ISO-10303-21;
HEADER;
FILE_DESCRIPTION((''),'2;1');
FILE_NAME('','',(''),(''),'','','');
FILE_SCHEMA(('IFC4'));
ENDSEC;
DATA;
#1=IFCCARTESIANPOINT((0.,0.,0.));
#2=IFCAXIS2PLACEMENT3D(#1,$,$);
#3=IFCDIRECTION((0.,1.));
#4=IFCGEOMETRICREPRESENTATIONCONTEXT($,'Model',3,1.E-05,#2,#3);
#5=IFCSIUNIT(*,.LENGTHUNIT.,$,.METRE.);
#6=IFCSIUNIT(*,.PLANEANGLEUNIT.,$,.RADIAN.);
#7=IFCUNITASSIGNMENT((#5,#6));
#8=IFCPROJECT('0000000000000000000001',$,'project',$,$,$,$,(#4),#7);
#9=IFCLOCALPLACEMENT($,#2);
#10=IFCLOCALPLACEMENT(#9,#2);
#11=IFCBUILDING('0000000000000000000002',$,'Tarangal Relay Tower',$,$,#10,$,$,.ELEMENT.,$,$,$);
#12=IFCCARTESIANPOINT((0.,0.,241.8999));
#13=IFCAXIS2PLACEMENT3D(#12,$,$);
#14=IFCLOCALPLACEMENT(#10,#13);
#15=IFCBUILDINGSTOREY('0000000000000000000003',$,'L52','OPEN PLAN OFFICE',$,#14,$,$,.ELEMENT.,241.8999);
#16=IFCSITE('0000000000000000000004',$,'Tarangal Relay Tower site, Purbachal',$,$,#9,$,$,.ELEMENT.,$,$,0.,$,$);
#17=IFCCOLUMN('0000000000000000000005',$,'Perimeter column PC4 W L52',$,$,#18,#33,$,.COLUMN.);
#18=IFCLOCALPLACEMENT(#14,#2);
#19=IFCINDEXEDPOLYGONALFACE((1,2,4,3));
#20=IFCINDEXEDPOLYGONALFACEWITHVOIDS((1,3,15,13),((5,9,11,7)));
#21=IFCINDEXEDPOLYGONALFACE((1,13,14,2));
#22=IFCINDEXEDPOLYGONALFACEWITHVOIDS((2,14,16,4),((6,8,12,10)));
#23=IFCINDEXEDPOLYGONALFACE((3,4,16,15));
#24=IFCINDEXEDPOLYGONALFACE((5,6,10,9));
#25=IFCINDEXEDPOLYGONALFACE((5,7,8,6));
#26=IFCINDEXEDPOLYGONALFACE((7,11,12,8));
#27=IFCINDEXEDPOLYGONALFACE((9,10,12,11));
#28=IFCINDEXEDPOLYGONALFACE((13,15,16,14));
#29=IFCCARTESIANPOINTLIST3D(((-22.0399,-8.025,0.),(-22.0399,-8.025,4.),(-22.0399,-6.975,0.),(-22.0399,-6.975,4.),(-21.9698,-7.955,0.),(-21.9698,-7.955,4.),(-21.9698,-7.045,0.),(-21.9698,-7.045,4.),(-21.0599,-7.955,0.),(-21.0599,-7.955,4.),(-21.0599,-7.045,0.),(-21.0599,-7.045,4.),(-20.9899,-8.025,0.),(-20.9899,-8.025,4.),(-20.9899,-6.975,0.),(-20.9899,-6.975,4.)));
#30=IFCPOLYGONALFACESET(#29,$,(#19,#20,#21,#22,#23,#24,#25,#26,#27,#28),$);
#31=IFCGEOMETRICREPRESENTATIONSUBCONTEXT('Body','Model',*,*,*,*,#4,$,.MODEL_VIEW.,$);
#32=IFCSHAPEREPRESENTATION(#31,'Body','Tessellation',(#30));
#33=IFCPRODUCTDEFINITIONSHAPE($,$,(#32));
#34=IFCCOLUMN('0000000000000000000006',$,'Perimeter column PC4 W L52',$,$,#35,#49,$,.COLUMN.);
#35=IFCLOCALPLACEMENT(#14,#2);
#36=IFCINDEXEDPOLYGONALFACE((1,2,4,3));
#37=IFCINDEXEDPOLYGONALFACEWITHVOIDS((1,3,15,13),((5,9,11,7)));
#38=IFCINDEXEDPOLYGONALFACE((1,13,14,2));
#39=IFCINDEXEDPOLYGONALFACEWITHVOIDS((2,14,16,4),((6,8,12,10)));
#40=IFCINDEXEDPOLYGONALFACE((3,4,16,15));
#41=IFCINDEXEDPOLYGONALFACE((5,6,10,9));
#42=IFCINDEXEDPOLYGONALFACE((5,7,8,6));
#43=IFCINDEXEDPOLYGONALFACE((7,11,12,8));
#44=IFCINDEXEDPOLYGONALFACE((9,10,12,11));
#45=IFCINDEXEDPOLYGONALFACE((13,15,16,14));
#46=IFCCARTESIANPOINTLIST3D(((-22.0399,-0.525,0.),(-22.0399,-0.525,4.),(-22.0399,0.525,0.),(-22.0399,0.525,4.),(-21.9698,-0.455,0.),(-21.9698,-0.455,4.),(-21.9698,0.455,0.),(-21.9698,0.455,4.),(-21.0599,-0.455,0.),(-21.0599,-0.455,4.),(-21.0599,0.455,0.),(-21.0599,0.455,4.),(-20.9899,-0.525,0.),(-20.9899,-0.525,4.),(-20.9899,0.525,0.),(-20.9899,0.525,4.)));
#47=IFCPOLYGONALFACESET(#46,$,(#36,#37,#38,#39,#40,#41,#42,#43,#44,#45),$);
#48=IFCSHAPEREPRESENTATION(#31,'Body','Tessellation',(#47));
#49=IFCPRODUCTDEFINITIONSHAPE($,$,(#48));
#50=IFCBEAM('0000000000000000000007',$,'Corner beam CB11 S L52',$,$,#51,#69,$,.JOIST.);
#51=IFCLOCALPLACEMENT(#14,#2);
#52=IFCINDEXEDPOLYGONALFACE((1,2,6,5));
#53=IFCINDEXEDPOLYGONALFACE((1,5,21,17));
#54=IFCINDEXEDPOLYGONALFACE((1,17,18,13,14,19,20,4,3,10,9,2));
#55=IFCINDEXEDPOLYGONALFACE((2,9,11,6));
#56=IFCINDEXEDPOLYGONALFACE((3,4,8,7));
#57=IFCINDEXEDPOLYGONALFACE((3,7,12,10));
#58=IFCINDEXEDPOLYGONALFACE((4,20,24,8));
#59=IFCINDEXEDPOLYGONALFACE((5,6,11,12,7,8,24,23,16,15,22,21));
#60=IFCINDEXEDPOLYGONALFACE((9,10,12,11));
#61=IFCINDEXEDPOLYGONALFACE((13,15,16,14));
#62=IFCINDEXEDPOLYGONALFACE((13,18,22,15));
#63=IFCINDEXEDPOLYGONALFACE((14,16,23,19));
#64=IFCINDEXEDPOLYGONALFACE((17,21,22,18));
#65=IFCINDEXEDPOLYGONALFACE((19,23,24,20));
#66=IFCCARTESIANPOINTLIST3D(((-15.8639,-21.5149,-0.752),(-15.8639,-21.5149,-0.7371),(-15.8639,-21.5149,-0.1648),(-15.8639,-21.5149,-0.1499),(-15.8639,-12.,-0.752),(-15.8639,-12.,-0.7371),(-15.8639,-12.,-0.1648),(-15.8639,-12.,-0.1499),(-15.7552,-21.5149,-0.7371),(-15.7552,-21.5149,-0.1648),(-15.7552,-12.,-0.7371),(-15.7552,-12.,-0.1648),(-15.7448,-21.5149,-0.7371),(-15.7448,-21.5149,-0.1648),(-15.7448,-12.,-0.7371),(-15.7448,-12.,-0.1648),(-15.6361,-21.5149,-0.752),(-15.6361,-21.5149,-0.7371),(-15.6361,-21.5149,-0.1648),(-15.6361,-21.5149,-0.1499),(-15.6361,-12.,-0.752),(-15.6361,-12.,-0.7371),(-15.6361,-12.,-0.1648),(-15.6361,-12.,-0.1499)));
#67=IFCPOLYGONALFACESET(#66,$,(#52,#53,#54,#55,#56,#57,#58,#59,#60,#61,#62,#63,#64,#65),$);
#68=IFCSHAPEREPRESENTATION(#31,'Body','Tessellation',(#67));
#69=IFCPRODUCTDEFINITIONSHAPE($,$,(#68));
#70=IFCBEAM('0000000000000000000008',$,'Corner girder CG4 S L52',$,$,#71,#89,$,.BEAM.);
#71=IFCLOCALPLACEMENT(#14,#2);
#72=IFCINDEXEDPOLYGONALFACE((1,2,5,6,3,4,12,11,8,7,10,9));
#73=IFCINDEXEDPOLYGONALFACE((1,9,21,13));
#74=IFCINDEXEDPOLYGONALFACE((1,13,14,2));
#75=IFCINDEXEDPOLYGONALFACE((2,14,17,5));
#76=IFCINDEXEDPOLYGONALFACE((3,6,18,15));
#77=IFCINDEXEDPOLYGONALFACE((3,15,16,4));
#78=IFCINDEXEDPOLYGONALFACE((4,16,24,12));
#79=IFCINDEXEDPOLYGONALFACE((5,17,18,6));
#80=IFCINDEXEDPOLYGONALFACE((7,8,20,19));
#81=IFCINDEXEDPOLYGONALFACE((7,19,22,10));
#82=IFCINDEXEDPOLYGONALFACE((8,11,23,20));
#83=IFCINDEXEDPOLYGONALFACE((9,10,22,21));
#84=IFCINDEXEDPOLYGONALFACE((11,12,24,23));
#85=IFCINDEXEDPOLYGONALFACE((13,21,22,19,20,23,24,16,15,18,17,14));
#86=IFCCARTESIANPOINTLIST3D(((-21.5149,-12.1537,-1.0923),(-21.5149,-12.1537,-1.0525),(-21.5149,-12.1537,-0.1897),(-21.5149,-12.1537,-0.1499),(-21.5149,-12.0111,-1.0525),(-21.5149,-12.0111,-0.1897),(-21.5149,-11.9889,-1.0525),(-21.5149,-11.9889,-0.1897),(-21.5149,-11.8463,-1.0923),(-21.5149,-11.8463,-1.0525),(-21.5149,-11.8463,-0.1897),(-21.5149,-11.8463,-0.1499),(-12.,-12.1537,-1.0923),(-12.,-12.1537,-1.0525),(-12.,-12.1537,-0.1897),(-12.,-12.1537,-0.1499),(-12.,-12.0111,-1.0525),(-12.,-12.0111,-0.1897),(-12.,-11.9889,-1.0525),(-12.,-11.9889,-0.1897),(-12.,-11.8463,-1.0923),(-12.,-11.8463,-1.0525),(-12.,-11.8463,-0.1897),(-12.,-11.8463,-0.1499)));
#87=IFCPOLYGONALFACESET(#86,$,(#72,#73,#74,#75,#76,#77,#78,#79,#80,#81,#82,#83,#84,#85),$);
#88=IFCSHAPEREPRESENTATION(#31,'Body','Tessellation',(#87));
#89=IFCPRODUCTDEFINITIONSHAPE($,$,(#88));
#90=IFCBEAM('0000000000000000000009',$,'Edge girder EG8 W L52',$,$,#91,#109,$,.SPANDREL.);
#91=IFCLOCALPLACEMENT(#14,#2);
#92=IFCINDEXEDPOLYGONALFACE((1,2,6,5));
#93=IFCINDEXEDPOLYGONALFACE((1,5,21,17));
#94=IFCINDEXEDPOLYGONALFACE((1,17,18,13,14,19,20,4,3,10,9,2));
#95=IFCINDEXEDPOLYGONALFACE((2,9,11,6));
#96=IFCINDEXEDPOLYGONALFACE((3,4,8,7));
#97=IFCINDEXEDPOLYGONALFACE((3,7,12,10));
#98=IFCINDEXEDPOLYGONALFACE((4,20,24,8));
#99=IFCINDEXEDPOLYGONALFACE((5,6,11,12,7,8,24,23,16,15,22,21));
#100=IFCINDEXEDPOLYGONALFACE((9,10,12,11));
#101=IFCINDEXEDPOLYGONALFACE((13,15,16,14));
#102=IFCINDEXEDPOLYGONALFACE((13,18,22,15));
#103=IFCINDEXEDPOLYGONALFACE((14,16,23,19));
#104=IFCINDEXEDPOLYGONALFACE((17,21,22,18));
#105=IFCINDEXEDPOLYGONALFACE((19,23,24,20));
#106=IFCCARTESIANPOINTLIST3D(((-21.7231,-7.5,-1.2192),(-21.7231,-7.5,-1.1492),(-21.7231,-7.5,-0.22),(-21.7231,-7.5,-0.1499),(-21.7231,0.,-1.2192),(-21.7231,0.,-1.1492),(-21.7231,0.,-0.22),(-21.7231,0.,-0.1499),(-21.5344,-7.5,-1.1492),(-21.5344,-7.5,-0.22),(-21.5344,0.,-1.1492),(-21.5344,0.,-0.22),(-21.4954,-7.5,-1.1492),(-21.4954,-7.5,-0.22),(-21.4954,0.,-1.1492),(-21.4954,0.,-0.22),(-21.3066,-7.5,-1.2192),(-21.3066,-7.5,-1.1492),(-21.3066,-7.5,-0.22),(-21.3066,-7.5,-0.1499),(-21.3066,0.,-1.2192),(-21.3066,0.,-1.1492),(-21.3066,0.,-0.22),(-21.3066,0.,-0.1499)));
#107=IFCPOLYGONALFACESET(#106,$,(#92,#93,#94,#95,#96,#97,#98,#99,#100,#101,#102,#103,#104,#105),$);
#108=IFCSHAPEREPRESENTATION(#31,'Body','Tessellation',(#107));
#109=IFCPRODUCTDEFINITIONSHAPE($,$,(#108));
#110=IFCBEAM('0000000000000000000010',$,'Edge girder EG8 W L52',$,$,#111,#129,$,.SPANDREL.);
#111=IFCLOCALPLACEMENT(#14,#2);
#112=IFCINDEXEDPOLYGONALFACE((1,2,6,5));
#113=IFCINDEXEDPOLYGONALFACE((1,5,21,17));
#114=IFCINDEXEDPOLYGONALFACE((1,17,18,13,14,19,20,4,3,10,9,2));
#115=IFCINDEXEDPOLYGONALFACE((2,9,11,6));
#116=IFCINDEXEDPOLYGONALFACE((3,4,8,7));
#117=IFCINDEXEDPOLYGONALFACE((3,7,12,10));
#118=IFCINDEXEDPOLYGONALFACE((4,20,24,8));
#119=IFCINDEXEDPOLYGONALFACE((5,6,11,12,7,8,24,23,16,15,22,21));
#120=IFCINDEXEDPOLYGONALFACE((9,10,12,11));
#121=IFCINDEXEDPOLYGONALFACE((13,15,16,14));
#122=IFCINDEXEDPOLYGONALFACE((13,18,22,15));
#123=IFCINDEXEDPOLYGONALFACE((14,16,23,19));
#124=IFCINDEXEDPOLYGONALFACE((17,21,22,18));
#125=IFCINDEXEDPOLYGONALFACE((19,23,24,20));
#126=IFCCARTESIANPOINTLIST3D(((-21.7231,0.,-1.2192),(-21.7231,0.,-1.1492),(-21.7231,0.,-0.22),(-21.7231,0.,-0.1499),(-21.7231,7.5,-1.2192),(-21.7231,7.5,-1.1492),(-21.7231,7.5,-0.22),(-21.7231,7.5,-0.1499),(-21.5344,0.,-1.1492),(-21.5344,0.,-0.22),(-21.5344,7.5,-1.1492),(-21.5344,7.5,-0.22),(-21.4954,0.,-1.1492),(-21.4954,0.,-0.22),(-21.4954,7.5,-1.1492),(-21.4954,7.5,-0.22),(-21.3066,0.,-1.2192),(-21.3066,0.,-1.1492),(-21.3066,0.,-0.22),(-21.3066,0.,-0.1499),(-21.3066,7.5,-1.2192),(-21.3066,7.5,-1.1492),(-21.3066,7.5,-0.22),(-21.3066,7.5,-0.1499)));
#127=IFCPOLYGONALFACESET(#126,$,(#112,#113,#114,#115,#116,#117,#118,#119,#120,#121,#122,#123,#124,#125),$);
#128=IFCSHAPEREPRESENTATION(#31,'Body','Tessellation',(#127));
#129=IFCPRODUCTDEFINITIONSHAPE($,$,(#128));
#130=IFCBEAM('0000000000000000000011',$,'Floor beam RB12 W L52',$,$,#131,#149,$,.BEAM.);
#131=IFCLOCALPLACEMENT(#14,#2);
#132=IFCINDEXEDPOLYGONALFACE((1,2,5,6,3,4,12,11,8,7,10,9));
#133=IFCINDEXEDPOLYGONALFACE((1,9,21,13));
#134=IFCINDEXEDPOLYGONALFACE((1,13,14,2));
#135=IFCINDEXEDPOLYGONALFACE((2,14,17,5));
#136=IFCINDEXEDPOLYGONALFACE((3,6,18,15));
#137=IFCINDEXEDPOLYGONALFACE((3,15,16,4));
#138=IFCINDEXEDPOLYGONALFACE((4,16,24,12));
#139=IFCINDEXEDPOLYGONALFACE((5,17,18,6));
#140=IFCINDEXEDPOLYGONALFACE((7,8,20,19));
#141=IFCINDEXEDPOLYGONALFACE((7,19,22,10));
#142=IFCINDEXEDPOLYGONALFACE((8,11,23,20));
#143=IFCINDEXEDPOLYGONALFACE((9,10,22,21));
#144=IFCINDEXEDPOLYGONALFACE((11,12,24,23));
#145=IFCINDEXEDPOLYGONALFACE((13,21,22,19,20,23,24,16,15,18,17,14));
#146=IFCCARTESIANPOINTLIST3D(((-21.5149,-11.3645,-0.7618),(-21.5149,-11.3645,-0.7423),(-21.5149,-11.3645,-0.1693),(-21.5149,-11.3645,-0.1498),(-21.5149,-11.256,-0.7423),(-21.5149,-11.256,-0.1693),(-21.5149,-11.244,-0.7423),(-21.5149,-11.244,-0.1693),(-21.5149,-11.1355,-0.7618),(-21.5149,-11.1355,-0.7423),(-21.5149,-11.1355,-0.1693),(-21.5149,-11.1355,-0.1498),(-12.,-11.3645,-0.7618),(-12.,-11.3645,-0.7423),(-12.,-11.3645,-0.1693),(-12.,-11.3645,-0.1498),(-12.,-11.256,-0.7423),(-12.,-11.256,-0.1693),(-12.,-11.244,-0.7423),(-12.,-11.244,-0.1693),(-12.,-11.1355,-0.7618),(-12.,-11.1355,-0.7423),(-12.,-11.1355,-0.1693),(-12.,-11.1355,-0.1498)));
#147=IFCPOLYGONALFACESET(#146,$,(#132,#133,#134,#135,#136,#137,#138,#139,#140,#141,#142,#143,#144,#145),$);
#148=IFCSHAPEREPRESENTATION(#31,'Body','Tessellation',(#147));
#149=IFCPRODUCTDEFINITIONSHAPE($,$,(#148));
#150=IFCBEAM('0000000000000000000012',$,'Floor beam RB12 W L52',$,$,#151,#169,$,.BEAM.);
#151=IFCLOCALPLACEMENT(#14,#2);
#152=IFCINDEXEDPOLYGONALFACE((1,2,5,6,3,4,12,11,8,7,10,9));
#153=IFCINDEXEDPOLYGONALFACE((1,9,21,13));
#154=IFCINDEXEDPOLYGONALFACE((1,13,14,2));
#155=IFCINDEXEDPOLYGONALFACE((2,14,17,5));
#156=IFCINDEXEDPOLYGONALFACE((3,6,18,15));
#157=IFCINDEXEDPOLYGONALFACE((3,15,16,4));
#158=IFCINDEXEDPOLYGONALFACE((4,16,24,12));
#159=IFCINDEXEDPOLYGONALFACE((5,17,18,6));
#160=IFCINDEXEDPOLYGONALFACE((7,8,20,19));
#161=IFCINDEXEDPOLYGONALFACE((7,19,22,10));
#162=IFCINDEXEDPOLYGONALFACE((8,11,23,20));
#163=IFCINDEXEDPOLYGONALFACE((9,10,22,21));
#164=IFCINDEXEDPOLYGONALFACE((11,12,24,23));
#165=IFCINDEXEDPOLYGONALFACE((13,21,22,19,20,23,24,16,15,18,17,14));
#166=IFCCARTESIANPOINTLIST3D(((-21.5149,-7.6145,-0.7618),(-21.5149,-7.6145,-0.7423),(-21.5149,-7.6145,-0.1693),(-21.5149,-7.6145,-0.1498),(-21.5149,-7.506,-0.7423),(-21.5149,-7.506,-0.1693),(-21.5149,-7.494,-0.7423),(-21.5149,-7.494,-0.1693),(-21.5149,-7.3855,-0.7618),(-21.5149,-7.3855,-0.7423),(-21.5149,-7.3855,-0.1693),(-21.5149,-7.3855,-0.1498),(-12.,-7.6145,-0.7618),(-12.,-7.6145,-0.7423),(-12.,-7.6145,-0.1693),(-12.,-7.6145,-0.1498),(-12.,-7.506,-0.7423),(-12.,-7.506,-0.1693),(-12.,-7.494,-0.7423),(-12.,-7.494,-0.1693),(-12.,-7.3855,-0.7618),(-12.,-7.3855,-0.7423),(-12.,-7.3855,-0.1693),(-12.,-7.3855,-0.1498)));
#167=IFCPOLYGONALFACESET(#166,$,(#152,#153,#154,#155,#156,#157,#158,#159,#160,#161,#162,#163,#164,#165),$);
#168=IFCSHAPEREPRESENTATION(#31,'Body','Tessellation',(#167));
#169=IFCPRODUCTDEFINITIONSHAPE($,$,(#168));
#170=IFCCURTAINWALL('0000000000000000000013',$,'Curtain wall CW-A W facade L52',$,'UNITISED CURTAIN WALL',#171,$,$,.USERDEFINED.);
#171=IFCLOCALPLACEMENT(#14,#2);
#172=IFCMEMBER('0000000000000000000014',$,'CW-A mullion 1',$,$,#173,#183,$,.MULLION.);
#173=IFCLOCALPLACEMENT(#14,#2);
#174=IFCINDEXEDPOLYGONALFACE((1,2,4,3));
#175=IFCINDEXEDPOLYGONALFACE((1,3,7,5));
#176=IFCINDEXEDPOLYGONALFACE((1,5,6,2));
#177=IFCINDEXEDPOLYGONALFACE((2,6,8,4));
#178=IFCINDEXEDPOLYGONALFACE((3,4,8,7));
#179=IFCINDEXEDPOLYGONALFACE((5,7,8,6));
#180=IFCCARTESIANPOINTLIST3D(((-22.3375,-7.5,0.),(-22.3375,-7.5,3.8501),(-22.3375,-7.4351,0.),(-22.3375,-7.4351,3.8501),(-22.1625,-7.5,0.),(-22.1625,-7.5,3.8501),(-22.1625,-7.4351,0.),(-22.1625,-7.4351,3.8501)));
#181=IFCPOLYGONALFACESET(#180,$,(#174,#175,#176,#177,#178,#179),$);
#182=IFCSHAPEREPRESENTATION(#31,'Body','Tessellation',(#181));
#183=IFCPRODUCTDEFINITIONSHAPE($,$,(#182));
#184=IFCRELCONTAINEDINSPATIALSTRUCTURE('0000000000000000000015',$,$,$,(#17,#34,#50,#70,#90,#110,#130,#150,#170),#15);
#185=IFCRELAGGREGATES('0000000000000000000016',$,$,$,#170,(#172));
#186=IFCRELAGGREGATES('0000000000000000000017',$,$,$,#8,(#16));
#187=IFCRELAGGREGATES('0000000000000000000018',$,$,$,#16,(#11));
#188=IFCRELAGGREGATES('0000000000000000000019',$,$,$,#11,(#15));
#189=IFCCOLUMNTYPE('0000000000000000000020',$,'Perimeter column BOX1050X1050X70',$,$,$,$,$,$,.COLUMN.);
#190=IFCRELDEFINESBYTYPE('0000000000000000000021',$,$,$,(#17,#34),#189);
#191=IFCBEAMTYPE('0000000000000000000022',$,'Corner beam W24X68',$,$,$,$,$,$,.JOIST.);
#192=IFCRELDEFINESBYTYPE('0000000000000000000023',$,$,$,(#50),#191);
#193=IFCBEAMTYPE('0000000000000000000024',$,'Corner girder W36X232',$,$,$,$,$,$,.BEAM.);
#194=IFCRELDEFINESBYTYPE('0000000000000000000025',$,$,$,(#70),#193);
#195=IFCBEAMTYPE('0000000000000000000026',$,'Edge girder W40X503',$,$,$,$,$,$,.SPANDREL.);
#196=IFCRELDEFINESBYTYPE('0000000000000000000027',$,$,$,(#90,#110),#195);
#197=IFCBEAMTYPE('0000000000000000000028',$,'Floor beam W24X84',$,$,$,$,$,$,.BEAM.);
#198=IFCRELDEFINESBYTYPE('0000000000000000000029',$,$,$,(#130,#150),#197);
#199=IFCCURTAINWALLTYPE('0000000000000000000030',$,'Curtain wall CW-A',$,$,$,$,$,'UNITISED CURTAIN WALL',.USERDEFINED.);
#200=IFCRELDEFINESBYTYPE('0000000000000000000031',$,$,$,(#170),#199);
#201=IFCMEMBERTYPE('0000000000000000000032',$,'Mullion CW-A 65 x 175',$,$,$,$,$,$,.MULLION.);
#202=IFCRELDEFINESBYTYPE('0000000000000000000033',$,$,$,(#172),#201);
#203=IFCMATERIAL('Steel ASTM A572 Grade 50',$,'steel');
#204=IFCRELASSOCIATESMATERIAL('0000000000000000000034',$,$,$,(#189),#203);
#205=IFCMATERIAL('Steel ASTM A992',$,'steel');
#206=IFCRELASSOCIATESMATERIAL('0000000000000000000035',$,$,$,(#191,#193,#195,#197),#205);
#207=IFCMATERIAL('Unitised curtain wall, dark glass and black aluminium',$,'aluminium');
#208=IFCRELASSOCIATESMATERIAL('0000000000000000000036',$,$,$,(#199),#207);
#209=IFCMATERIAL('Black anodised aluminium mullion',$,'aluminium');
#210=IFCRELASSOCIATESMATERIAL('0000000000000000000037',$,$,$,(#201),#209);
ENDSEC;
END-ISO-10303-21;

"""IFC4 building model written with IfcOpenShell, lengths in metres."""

from ifc_helpers import new_model, si_unit, direction, frame, origin, origin_2d, place, context, subcontext, project, spatial, rectangle, hollow_rectangle, i_section, extrude, material, material_profile, profile_set, type_object, element, aggregate, save


model = new_model("IFC4")

# Units and contexts
model_context = context("Model", 3, precision=1e-05, world=origin(), true_north=direction((0.0, 1.0)))
body_context = subcontext(model_context, "Body", "Model", "MODEL_VIEW")
ifc_project = project(units=[si_unit("LENGTHUNIT", "METRE"), si_unit("PLANEANGLEUNIT", "RADIAN")], contexts=[model_context])

# Site, building, storey
site_placement = place(None, origin())
site = spatial("IfcSite", under=ifc_project, at=site_placement, Name="Tarangal Relay Tower site, Purbachal", CompositionType="ELEMENT", RefElevation=0.0)
building_placement = place(site_placement, origin())
building = spatial("IfcBuilding", under=site, at=building_placement, Name="Tarangal Relay Tower", CompositionType="ELEMENT")
storey_placement = place(building_placement, frame((0.0, 0.0, 241.8999)))
storey = spatial("IfcBuildingStorey", under=building, at=storey_placement, Name="L52", Description="OPEN PLAN OFFICE", CompositionType="ELEMENT", Elevation=241.8999)

# Columns
ifc_material_1 = material(Name="Steel ASTM A572 Grade 50", Category="steel")
ifc_material_profile_1 = material_profile(ifc_material_1, hollow_rectangle(XDim=1.05, YDim=1.05, WallThickness=0.0701, at=origin_2d()), Name="BOX1050X1050X70")
ifc_profile_set_1 = profile_set([ifc_material_profile_1], Name="Steel ASTM A572 Grade 50")
column_type = type_object("IfcColumnType", Name="Perimeter column BOX1050X1050X70", PredefinedType="COLUMN", material=ifc_profile_set_1)
for number, where, z_axis, x_axis, name in (
    (1, (-21.5149, -7.5, 0.0), (0.0, 0.0, 1.0), (1.0, 0.0, 0.0), "Perimeter column PC4 W L52"),
    (2, (-21.5149, 0.0, 0.0), (0.0, 0.0, 1.0), (1.0, 0.0, 0.0), "Perimeter column PC4 W L52"),
):
    element("IfcColumn", number, at=place(storey_placement, frame(where, z_axis=z_axis, x_axis=x_axis)), inside=storey, type_object=column_type, Name=name, PredefinedType="COLUMN", context=body_context, shape_type="SweptSolid", body=[
        extrude(hollow_rectangle(XDim=1.05, YDim=1.05, WallThickness=0.0701, at=origin_2d()), origin(), (0.0, 0.0, 1.0), 4.0),
    ])

# Beams
ifc_material_2 = material(Name="Steel ASTM A992", Category="steel")
ifc_material_profile_2 = material_profile(ifc_material_2, i_section(OverallWidth=0.2278, OverallDepth=0.6021, WebThickness=0.0105, FlangeThickness=0.0149, at=origin_2d()), Name="W24X68")
ifc_profile_set_2 = profile_set([ifc_material_profile_2], Name="Steel ASTM A992")
beam_type_1 = type_object("IfcBeamType", Name="Corner beam W24X68", PredefinedType="JOIST", material=ifc_profile_set_2)
beam_1_placement = place(storey_placement, frame((-15.75, -12.0, -0.4509), z_axis=(0.0, -1.0, 0.0), x_axis=(1.0, 0.0, 0.0)))
element("IfcBeam", 3, at=beam_1_placement, inside=storey, type_object=beam_type_1, Name="Corner beam CB11 S L52", PredefinedType="JOIST", context=body_context, shape_type="SweptSolid", body=[
    extrude(i_section(OverallWidth=0.2278, OverallDepth=0.6021, WebThickness=0.0105, FlangeThickness=0.0149, at=origin_2d()), origin(), (0.0, 0.0, 1.0), 9.5149),
])
ifc_material_profile_3 = material_profile(ifc_material_2, i_section(OverallWidth=0.3074, OverallDepth=0.9424, WebThickness=0.0222, FlangeThickness=0.0398, at=origin_2d()), Name="W36X232")
ifc_profile_set_3 = profile_set([ifc_material_profile_3], Name="Steel ASTM A992")
beam_type_2 = type_object("IfcBeamType", Name="Corner girder W36X232", PredefinedType="BEAM", material=ifc_profile_set_3)
beam_2_placement = place(storey_placement, frame((-12.0, -12.0, -0.6211), z_axis=(-1.0, 0.0, 0.0), x_axis=(0.0, -1.0, 0.0)))
element("IfcBeam", 4, at=beam_2_placement, inside=storey, type_object=beam_type_2, Name="Corner girder CG4 S L52", PredefinedType="BEAM", context=body_context, shape_type="SweptSolid", body=[
    extrude(i_section(OverallWidth=0.3074, OverallDepth=0.9424, WebThickness=0.0222, FlangeThickness=0.0398, at=origin_2d()), origin(), (0.0, 0.0, 1.0), 9.5149),
])
ifc_material_profile_4 = material_profile(ifc_material_2, i_section(OverallWidth=0.4165, OverallDepth=1.0693, WebThickness=0.0391, FlangeThickness=0.0701, at=origin_2d()), Name="W40X503")
ifc_profile_set_4 = profile_set([ifc_material_profile_4], Name="Steel ASTM A992")
beam_type_3 = type_object("IfcBeamType", Name="Edge girder W40X503", PredefinedType="SPANDREL", material=ifc_profile_set_4)
for number, where, z_axis, x_axis, name in (
    (5, (-21.5149, -7.5, -0.6846), (0.0, 1.0, 0.0), (-1.0, 0.0, 0.0), "Edge girder EG8 W L52"),
    (6, (-21.5149, 0.0, -0.6846), (0.0, 1.0, 0.0), (-1.0, 0.0, 0.0), "Edge girder EG8 W L52"),
):
    element("IfcBeam", number, at=place(storey_placement, frame(where, z_axis=z_axis, x_axis=x_axis)), inside=storey, type_object=beam_type_3, Name=name, PredefinedType="SPANDREL", context=body_context, shape_type="SweptSolid", body=[
        extrude(i_section(OverallWidth=0.4165, OverallDepth=1.0693, WebThickness=0.0391, FlangeThickness=0.0701, at=origin_2d()), origin(), (0.0, 0.0, 1.0), 7.5),
    ])
ifc_material_profile_5 = material_profile(ifc_material_2, i_section(OverallWidth=0.229, OverallDepth=0.6121, WebThickness=0.012, FlangeThickness=0.0195, at=origin_2d()), Name="W24X84")
ifc_profile_set_5 = profile_set([ifc_material_profile_5], Name="Steel ASTM A992")
beam_type_4 = type_object("IfcBeamType", Name="Floor beam W24X84", PredefinedType="BEAM", material=ifc_profile_set_5)
for number, where, z_axis, x_axis, name in (
    (7, (-12.0, -11.25, -0.4558), (-1.0, 0.0, 0.0), (0.0, -1.0, 0.0), "Floor beam RB12 W L52"),
    (8, (-12.0, -7.5, -0.4558), (-1.0, 0.0, 0.0), (0.0, -1.0, 0.0), "Floor beam RB12 W L52"),
):
    element("IfcBeam", number, at=place(storey_placement, frame(where, z_axis=z_axis, x_axis=x_axis)), inside=storey, type_object=beam_type_4, Name=name, PredefinedType="BEAM", context=body_context, shape_type="SweptSolid", body=[
        extrude(i_section(OverallWidth=0.229, OverallDepth=0.6121, WebThickness=0.012, FlangeThickness=0.0195, at=origin_2d()), origin(), (0.0, 0.0, 1.0), 9.5149),
    ])

# Curtain wall, member
ifc_material_3 = material(Name="Unitised curtain wall, dark glass and black aluminium", Category="aluminium")
curtain_wall_type_1 = type_object("IfcCurtainWallType", Name="Curtain wall CW-A", ElementType="UNITISED CURTAIN WALL", PredefinedType="USERDEFINED", material=ifc_material_3)
curtain_wall_1_placement = place(storey_placement, origin())
curtain_wall_1 = element("IfcCurtainWall", 9, at=curtain_wall_1_placement, inside=storey, type_object=curtain_wall_type_1, Name="Curtain wall CW-A W facade L52", ObjectType="UNITISED CURTAIN WALL", PredefinedType="USERDEFINED")
ifc_material_4 = material(Name="Black anodised aluminium mullion", Category="aluminium")
ifc_material_profile_6 = material_profile(ifc_material_4, rectangle(XDim=0.175, YDim=0.0649, at=origin_2d()), Name="CW-AM 65X175")
ifc_profile_set_6 = profile_set([ifc_material_profile_6], Name="Black anodised aluminium mullion")
member_type_1 = type_object("IfcMemberType", Name="Mullion CW-A 65 x 175", PredefinedType="MULLION", material=ifc_profile_set_6)
member_1_placement = place(storey_placement, frame((-22.25, -7.4675, 0.0), z_axis=(0.0, 0.0, 1.0), x_axis=(-1.0, 0.0, 0.0)))
member_1 = element("IfcMember", 10, at=member_1_placement, type_object=member_type_1, Name="CW-A mullion 1", PredefinedType="MULLION", context=body_context, shape_type="SweptSolid", body=[
    extrude(rectangle(XDim=0.175, YDim=0.0649, at=origin_2d()), origin(), (0.0, 0.0, 1.0), 3.8501),
])

aggregate(curtain_wall_1, [member_1])

save(model, "model.ifc")
